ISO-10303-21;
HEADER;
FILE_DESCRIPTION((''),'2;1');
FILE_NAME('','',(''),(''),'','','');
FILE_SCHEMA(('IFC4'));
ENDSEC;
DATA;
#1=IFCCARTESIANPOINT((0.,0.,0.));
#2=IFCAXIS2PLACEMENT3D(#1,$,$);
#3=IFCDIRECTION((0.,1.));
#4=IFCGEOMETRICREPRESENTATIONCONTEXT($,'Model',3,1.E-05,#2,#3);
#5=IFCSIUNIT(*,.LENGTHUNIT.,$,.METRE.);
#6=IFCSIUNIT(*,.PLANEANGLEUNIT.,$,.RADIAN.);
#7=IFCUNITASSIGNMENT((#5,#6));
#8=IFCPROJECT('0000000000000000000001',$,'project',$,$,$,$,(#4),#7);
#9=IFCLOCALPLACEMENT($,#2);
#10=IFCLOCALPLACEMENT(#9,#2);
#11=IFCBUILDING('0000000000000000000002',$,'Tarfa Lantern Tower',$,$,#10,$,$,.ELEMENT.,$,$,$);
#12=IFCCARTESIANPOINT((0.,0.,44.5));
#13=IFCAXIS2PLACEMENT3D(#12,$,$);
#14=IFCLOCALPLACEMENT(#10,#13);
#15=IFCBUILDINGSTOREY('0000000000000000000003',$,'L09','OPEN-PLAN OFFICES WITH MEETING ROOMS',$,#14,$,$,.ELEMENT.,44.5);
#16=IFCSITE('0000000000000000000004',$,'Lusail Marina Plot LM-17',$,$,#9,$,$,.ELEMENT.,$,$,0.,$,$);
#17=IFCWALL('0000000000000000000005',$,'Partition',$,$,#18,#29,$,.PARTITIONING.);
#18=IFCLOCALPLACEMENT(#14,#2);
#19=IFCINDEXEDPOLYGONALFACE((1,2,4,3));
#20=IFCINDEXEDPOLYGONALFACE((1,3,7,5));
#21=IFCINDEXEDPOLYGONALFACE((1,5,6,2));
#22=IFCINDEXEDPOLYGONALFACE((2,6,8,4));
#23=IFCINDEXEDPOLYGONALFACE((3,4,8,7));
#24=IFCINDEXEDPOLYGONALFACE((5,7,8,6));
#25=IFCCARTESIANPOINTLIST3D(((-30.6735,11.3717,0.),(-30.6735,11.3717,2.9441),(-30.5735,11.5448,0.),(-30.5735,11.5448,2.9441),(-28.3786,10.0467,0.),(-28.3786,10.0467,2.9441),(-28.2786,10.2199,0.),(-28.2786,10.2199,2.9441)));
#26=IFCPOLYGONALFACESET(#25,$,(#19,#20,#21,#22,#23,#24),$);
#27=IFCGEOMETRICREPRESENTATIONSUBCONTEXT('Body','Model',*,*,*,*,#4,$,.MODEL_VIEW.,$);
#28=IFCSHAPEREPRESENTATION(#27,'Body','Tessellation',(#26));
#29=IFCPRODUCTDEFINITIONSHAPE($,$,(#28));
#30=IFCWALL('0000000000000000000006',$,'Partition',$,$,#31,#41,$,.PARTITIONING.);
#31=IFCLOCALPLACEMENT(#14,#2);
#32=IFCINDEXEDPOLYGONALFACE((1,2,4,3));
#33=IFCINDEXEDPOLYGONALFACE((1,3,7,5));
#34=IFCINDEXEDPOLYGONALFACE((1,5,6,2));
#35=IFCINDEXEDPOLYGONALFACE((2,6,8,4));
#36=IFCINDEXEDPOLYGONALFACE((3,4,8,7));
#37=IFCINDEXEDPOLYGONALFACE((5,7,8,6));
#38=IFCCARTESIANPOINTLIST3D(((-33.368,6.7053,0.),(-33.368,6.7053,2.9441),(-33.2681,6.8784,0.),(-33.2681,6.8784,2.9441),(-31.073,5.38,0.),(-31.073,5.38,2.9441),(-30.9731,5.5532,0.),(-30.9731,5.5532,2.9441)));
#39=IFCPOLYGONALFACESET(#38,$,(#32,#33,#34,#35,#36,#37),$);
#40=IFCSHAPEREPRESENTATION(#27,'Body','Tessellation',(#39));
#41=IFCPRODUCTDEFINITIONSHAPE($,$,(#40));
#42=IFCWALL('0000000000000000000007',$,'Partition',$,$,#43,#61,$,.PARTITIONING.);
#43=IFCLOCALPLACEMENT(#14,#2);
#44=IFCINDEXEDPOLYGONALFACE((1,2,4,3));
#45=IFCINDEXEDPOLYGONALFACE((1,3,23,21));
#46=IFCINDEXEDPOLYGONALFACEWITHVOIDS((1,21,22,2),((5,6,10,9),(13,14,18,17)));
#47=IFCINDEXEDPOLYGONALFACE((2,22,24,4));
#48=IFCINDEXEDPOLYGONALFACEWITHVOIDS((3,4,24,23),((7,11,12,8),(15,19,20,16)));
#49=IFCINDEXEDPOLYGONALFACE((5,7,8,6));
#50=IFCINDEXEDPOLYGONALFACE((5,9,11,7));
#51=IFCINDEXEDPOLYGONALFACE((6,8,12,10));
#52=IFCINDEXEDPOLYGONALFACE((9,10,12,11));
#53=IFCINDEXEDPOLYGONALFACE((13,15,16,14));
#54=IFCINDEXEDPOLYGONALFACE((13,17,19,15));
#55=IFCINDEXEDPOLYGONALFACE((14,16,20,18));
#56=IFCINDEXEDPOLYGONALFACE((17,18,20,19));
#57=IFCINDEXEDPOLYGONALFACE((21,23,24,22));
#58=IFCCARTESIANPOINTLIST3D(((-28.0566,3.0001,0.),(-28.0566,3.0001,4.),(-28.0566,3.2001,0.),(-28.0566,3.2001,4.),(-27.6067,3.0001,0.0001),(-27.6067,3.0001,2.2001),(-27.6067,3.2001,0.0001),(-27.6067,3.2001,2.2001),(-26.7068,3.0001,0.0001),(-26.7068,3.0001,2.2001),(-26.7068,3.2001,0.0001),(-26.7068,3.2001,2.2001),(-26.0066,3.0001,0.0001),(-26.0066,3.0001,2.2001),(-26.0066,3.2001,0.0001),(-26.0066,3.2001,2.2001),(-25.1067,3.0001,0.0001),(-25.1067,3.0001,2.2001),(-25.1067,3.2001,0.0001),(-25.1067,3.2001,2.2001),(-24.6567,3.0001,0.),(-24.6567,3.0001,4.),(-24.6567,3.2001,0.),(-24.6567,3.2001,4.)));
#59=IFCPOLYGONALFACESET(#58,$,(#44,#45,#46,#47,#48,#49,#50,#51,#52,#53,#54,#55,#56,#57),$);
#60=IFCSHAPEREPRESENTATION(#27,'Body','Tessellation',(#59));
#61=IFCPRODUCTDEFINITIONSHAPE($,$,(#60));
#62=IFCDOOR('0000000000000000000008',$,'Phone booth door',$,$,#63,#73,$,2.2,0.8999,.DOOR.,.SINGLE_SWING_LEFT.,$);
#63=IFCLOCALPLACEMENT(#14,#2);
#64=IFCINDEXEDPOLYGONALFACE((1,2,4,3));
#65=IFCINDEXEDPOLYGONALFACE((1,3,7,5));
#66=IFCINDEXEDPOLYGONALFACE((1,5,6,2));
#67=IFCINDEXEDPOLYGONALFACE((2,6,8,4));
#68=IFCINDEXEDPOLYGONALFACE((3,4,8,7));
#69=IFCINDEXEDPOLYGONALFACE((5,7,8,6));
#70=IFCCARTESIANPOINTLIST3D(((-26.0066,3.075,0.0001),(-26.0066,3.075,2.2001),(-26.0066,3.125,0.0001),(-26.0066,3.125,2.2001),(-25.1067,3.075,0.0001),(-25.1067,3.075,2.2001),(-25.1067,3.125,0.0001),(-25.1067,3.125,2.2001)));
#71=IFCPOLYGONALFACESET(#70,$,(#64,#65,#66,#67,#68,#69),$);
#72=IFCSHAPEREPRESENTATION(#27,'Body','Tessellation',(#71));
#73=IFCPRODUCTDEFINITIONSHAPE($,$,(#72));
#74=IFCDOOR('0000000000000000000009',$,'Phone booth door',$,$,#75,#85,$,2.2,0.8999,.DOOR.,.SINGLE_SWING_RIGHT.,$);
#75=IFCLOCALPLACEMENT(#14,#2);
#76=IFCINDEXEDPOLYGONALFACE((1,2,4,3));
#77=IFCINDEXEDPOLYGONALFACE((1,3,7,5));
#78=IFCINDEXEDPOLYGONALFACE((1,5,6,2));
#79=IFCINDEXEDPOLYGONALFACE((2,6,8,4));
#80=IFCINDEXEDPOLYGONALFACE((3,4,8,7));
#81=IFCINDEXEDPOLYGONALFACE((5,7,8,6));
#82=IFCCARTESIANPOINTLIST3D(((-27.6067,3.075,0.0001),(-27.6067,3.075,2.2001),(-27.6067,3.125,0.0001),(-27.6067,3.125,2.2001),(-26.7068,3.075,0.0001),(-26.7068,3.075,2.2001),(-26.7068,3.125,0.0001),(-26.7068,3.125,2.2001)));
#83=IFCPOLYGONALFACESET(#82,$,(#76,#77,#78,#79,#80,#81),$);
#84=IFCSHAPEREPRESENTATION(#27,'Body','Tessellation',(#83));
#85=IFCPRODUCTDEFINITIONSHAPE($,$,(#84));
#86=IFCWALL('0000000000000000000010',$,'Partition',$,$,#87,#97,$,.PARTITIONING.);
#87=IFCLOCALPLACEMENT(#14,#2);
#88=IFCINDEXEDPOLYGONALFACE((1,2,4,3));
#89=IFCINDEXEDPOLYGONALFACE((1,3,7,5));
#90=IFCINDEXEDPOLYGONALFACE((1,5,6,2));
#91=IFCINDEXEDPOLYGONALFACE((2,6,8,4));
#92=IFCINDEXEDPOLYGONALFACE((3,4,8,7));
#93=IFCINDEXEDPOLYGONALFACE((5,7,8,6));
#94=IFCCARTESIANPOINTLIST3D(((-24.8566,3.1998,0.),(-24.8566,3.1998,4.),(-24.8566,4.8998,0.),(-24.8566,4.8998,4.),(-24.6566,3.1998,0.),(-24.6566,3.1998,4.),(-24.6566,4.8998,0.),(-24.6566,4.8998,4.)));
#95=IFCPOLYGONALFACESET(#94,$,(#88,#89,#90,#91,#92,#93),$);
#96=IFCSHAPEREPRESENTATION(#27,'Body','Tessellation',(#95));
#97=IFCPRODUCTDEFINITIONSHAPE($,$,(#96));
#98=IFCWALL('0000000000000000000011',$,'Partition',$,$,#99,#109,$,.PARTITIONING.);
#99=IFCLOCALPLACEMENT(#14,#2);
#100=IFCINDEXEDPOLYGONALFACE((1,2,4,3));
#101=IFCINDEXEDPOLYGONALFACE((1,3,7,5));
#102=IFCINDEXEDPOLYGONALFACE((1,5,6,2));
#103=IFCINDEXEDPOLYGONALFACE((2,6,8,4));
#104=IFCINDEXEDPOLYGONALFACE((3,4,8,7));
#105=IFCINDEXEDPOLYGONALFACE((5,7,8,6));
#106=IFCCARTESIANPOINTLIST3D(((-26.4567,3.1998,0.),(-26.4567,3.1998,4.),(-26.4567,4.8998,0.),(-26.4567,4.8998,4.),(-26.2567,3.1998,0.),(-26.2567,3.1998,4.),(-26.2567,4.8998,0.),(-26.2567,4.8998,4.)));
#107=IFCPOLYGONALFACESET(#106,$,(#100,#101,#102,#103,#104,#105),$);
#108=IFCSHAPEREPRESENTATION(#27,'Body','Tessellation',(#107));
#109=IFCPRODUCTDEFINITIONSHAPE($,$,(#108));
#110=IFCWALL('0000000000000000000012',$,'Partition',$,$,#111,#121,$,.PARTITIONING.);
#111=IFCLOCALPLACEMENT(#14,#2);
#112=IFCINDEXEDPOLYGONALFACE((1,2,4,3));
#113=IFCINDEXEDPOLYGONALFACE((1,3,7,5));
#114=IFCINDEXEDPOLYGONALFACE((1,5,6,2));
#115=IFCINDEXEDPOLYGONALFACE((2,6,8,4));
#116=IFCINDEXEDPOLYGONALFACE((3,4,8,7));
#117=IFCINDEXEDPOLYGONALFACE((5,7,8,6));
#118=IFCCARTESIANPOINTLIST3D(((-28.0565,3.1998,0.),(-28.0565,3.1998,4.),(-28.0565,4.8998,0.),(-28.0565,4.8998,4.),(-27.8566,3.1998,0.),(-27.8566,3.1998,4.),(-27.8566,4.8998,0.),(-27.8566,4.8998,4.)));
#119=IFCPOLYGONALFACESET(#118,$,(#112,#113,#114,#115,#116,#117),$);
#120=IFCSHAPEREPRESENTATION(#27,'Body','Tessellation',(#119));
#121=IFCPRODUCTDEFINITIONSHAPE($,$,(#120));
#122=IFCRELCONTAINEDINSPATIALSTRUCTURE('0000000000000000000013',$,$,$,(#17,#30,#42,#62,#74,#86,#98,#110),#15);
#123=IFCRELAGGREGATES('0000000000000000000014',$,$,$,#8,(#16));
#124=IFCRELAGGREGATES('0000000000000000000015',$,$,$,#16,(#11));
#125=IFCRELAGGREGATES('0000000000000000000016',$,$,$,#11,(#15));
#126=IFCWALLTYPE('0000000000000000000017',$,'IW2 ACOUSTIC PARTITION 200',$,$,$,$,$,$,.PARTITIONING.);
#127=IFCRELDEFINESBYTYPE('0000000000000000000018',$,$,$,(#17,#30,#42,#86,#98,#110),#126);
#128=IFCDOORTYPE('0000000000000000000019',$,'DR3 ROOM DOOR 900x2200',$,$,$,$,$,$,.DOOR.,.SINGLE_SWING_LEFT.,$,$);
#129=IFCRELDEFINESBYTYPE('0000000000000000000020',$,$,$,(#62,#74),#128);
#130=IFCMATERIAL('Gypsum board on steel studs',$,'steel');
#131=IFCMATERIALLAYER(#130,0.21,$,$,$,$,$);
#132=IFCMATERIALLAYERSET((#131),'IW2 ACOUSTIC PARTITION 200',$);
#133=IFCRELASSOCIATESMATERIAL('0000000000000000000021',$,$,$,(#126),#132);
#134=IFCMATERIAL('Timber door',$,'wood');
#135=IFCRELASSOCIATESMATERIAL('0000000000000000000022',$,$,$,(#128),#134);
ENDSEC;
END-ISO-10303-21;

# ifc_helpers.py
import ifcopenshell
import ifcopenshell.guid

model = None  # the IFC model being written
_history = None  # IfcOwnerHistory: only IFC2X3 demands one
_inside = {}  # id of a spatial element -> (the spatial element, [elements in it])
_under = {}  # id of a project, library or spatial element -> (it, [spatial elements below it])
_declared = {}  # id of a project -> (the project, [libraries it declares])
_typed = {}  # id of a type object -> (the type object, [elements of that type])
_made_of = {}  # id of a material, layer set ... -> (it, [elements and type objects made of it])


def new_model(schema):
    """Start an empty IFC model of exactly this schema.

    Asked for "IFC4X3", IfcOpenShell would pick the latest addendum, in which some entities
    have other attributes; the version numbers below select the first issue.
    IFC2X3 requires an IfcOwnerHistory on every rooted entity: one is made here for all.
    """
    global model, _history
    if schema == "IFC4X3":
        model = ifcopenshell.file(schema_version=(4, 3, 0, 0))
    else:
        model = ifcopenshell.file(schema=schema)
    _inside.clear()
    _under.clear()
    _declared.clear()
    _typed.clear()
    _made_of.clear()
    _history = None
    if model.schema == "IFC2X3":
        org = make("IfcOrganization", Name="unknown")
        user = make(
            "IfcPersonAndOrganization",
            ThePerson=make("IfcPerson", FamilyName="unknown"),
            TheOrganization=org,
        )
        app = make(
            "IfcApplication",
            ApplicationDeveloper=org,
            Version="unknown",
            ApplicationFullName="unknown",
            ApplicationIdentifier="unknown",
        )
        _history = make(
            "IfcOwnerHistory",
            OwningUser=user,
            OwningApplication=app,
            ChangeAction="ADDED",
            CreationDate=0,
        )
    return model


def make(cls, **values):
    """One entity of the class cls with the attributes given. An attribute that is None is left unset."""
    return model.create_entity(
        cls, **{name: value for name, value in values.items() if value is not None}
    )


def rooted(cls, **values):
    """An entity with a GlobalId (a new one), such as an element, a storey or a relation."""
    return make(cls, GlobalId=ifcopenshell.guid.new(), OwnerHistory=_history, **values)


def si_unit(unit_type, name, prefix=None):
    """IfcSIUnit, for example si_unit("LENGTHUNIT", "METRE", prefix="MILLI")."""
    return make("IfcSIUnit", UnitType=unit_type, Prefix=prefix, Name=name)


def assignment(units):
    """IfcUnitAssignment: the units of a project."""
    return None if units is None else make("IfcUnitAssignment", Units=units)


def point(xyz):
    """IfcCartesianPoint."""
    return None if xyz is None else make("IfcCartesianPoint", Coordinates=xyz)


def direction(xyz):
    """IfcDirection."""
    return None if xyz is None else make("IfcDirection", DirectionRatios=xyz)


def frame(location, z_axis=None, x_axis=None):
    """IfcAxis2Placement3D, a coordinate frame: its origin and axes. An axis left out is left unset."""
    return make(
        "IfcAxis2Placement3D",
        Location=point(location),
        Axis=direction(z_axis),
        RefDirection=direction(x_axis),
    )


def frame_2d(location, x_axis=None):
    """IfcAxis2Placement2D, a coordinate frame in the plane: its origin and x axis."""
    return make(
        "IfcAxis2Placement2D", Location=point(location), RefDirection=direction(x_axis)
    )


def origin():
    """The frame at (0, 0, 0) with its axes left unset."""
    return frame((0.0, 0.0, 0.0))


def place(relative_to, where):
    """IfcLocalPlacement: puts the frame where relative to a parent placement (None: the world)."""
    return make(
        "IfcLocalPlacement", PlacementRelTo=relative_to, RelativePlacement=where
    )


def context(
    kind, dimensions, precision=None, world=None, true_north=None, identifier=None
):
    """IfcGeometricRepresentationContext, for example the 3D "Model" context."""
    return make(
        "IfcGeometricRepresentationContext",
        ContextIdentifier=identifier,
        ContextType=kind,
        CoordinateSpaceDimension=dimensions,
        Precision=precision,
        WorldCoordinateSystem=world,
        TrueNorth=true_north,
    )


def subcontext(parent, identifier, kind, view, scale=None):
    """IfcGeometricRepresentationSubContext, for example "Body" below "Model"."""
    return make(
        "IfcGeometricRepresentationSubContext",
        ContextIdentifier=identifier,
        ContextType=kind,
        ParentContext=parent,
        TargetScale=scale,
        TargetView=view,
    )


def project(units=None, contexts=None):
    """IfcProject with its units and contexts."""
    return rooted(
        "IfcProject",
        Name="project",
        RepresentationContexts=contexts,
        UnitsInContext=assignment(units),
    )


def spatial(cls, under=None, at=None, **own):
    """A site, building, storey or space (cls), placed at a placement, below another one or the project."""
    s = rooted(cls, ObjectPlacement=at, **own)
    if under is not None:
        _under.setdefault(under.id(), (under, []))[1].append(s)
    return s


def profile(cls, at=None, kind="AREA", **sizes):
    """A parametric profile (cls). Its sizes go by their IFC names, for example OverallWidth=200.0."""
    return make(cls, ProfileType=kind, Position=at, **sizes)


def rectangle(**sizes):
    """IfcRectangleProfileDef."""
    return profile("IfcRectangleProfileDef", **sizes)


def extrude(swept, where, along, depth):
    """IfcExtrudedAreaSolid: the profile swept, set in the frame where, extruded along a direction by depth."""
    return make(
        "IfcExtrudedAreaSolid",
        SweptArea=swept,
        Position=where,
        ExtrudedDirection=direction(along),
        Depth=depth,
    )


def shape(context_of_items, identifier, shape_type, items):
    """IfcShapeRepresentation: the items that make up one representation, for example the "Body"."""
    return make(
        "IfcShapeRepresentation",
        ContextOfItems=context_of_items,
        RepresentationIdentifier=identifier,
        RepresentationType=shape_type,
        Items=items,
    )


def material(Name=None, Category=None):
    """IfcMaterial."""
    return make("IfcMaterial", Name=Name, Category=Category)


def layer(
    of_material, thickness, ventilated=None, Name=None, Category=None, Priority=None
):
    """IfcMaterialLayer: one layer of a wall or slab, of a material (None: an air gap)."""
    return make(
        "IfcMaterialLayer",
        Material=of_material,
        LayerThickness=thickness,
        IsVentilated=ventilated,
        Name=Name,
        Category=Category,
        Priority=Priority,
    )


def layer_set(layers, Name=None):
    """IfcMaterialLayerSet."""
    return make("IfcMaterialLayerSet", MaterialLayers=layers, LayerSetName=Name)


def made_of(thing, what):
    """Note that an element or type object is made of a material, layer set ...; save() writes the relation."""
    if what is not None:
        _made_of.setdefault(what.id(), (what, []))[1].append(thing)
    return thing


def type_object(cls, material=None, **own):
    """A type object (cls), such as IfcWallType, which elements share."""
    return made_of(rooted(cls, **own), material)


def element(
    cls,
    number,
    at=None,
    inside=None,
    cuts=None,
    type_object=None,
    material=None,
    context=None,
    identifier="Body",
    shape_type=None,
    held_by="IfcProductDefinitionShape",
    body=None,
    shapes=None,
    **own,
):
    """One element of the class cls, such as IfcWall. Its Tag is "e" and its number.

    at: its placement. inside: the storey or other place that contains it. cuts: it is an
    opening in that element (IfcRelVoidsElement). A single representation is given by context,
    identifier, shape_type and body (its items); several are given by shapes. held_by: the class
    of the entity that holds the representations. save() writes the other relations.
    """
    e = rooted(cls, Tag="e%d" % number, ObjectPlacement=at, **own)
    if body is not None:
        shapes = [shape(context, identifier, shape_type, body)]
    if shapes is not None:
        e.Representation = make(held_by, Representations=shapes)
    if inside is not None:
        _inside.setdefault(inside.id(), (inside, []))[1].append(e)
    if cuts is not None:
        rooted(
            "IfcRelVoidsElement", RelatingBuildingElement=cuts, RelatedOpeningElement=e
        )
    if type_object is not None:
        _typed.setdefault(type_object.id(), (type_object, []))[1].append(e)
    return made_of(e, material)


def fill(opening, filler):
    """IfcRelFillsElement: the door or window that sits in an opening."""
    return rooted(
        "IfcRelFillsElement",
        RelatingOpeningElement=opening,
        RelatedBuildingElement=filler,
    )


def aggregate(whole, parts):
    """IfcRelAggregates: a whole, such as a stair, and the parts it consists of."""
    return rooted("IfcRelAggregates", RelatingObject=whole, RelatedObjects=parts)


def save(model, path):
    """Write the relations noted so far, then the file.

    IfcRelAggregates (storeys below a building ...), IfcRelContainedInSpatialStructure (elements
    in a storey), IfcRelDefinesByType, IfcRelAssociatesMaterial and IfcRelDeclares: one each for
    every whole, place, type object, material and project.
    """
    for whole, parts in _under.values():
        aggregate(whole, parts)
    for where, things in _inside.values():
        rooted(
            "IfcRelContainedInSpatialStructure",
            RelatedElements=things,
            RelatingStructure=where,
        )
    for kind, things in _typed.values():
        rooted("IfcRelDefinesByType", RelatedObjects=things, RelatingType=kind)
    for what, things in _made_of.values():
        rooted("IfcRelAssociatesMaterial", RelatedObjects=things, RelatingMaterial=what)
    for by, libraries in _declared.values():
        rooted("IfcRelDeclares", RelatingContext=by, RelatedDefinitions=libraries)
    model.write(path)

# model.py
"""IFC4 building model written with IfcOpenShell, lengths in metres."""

from ifc_helpers import new_model, si_unit, direction, frame, frame_2d, origin, place, context, subcontext, project, spatial, rectangle, extrude, material, layer, layer_set, type_object, element, fill, save


model = new_model("IFC4")

# Units and contexts
model_context = context("Model", 3, precision=1e-05, world=origin(), true_north=direction((0.0, 1.0)))
body_context = subcontext(model_context, "Body", "Model", "MODEL_VIEW")
ifc_project = project(units=[si_unit("LENGTHUNIT", "METRE"), si_unit("PLANEANGLEUNIT", "RADIAN")], contexts=[model_context])

# Site, building, storey
site_placement = place(None, origin())
site = spatial("IfcSite", under=ifc_project, at=site_placement, Name="Lusail Marina Plot LM-17", CompositionType="ELEMENT", RefElevation=0.0)
building_placement = place(site_placement, origin())
building = spatial("IfcBuilding", under=site, at=building_placement, Name="Tarfa Lantern Tower", CompositionType="ELEMENT")
storey_placement = place(building_placement, frame((0.0, 0.0, 44.5)))
storey = spatial("IfcBuildingStorey", under=building, at=storey_placement, Name="L09", Description="OPEN-PLAN OFFICES WITH MEETING ROOMS", CompositionType="ELEMENT", Elevation=44.5)

# Walls
ifc_material_1 = material(Name="Gypsum board on steel studs", Category="steel")
ifc_layer_1 = layer(ifc_material_1, 0.21)
ifc_layer_set_1 = layer_set([ifc_layer_1], Name="IW2 ACOUSTIC PARTITION 200")
wall_type = type_object("IfcWallType", Name="IW2 ACOUSTIC PARTITION 200", PredefinedType="PARTITIONING", material=ifc_layer_set_1)
wall_1_placement = place(storey_placement, frame((-28.3286, 10.1333, 0.0), z_axis=(0.0, 0.0, 1.0), x_axis=(-0.866029, 0.499994, 0.0)))
element("IfcWall", 1, at=wall_1_placement, inside=storey, type_object=wall_type, Name="Partition", PredefinedType="PARTITIONING", context=body_context, shape_type="SweptSolid", body=[
    extrude(rectangle(XDim=2.6499, YDim=0.2, at=frame_2d((1.325, 0.0))), origin(), (0.0, 0.0, 1.0), 2.9441),
])
wall_2_placement = place(storey_placement, frame((-31.0229, 5.4666, 0.0), z_axis=(0.0, 0.0, 1.0), x_axis=(-0.865989, 0.500063, 0.0)))
element("IfcWall", 2, at=wall_2_placement, inside=storey, type_object=wall_type, Name="Partition", PredefinedType="PARTITIONING", context=body_context, shape_type="SweptSolid", body=[
    extrude(rectangle(XDim=2.6501, YDim=0.2, at=frame_2d((1.3252, 0.0))), origin(), (0.0, 0.0, 1.0), 2.9441),
])

# Wall, openings, doors
wall_3_placement = place(storey_placement, frame((-24.6567, 3.1001, 0.0), z_axis=(0.0, 0.0, 1.0), x_axis=(-1.0, 0.0, 0.0)))
wall_3 = element("IfcWall", 3, at=wall_3_placement, inside=storey, type_object=wall_type, Name="Partition", PredefinedType="PARTITIONING", context=body_context, shape_type="SweptSolid", body=[
    extrude(rectangle(XDim=3.3999, YDim=0.2, at=frame_2d((1.7, 0.0))), origin(), (0.0, 0.0, 1.0), 4.0),
])
opening_1_placement = place(wall_3_placement, frame((0.45, 0.0, 0.0)))
opening_1 = element("IfcOpeningElement", 4, at=opening_1_placement, cuts=wall_3, PredefinedType="OPENING", context=body_context, shape_type="SweptSolid", body=[
    extrude(rectangle(XDim=0.8999, YDim=2.2, at=frame_2d((0.45, 1.1001))), frame((0.0, 0.1099, 0.0), z_axis=(0.0, -1.0, 0.0), x_axis=(1.0, 0.0, 0.0)), (0.0, 0.0, 1.0), 0.22),
])
opening_2_placement = place(wall_3_placement, frame((2.05, 0.0, 0.0)))
opening_2 = element("IfcOpeningElement", 5, at=opening_2_placement, cuts=wall_3, PredefinedType="OPENING", context=body_context, shape_type="SweptSolid", body=[
    extrude(rectangle(XDim=0.8999, YDim=2.2, at=frame_2d((0.45, 1.1001))), frame((0.0, 0.1099, 0.0), z_axis=(0.0, -1.0, 0.0), x_axis=(1.0, 0.0, 0.0)), (0.0, 0.0, 1.0), 0.22),
])
ifc_material_2 = material(Name="Timber door", Category="wood")
door_type = type_object("IfcDoorType", Name="DR3 ROOM DOOR 900x2200", OperationType="SINGLE_SWING_LEFT", PredefinedType="DOOR", material=ifc_material_2)
door_1_placement = place(opening_1_placement, frame((0.8999, 0.0, 0.0), z_axis=(0.0, 0.0, 1.0), x_axis=(-1.0, 0.0, 0.0)))
door_1 = element("IfcDoor", 6, at=door_1_placement, inside=storey, type_object=door_type, Name="Phone booth door", OperationType="SINGLE_SWING_LEFT", OverallHeight=2.2, OverallWidth=0.8999, PredefinedType="DOOR", context=body_context, shape_type="SweptSolid", body=[
    extrude(rectangle(XDim=0.8999, YDim=2.2, at=frame_2d((0.45, 1.1001))), frame((0.0, 0.0249, 0.0), z_axis=(0.0, -1.0, 0.0), x_axis=(1.0, 0.0, 0.0)), (0.0, 0.0, 1.0), 0.05),
])
fill(opening_1, door_1)
door_2_placement = place(opening_2_placement, frame((0.8999, 0.0, 0.0), z_axis=(0.0, 0.0, 1.0), x_axis=(-1.0, 0.0, 0.0)))
door_2 = element("IfcDoor", 7, at=door_2_placement, inside=storey, type_object=door_type, Name="Phone booth door", OperationType="SINGLE_SWING_RIGHT", OverallHeight=2.2, OverallWidth=0.8999, PredefinedType="DOOR", context=body_context, shape_type="SweptSolid", body=[
    extrude(rectangle(XDim=0.8999, YDim=2.2, at=frame_2d((0.45, 1.1001))), frame((0.0, 0.0249, 0.0), z_axis=(0.0, -1.0, 0.0), x_axis=(1.0, 0.0, 0.0)), (0.0, 0.0, 1.0), 0.05),
])
fill(opening_2, door_2)

# Walls
for number, where, z_axis, x_axis, name in (
    (8, (-24.7566, 4.8999, 0.0), (0.0, 0.0, 1.0), (0.0, -1.0, 0.0), "Partition"),
    (9, (-26.3567, 4.8999, 0.0), (0.0, 0.0, 1.0), (0.0, -1.0, 0.0), "Partition"),
    (10, (-27.9565, 4.8999, 0.0), (0.0, 0.0, 1.0), (0.0, -1.0, 0.0), "Partition"),
):
    element("IfcWall", number, at=place(storey_placement, frame(where, z_axis=z_axis, x_axis=x_axis)), inside=storey, type_object=wall_type, Name=name, PredefinedType="PARTITIONING", context=body_context, shape_type="SweptSolid", body=[
        extrude(rectangle(XDim=1.7, YDim=0.2, at=frame_2d((0.8501, 0.0))), origin(), (0.0, 0.0, 1.0), 4.0),
    ])

save(model, "model.ifc")
